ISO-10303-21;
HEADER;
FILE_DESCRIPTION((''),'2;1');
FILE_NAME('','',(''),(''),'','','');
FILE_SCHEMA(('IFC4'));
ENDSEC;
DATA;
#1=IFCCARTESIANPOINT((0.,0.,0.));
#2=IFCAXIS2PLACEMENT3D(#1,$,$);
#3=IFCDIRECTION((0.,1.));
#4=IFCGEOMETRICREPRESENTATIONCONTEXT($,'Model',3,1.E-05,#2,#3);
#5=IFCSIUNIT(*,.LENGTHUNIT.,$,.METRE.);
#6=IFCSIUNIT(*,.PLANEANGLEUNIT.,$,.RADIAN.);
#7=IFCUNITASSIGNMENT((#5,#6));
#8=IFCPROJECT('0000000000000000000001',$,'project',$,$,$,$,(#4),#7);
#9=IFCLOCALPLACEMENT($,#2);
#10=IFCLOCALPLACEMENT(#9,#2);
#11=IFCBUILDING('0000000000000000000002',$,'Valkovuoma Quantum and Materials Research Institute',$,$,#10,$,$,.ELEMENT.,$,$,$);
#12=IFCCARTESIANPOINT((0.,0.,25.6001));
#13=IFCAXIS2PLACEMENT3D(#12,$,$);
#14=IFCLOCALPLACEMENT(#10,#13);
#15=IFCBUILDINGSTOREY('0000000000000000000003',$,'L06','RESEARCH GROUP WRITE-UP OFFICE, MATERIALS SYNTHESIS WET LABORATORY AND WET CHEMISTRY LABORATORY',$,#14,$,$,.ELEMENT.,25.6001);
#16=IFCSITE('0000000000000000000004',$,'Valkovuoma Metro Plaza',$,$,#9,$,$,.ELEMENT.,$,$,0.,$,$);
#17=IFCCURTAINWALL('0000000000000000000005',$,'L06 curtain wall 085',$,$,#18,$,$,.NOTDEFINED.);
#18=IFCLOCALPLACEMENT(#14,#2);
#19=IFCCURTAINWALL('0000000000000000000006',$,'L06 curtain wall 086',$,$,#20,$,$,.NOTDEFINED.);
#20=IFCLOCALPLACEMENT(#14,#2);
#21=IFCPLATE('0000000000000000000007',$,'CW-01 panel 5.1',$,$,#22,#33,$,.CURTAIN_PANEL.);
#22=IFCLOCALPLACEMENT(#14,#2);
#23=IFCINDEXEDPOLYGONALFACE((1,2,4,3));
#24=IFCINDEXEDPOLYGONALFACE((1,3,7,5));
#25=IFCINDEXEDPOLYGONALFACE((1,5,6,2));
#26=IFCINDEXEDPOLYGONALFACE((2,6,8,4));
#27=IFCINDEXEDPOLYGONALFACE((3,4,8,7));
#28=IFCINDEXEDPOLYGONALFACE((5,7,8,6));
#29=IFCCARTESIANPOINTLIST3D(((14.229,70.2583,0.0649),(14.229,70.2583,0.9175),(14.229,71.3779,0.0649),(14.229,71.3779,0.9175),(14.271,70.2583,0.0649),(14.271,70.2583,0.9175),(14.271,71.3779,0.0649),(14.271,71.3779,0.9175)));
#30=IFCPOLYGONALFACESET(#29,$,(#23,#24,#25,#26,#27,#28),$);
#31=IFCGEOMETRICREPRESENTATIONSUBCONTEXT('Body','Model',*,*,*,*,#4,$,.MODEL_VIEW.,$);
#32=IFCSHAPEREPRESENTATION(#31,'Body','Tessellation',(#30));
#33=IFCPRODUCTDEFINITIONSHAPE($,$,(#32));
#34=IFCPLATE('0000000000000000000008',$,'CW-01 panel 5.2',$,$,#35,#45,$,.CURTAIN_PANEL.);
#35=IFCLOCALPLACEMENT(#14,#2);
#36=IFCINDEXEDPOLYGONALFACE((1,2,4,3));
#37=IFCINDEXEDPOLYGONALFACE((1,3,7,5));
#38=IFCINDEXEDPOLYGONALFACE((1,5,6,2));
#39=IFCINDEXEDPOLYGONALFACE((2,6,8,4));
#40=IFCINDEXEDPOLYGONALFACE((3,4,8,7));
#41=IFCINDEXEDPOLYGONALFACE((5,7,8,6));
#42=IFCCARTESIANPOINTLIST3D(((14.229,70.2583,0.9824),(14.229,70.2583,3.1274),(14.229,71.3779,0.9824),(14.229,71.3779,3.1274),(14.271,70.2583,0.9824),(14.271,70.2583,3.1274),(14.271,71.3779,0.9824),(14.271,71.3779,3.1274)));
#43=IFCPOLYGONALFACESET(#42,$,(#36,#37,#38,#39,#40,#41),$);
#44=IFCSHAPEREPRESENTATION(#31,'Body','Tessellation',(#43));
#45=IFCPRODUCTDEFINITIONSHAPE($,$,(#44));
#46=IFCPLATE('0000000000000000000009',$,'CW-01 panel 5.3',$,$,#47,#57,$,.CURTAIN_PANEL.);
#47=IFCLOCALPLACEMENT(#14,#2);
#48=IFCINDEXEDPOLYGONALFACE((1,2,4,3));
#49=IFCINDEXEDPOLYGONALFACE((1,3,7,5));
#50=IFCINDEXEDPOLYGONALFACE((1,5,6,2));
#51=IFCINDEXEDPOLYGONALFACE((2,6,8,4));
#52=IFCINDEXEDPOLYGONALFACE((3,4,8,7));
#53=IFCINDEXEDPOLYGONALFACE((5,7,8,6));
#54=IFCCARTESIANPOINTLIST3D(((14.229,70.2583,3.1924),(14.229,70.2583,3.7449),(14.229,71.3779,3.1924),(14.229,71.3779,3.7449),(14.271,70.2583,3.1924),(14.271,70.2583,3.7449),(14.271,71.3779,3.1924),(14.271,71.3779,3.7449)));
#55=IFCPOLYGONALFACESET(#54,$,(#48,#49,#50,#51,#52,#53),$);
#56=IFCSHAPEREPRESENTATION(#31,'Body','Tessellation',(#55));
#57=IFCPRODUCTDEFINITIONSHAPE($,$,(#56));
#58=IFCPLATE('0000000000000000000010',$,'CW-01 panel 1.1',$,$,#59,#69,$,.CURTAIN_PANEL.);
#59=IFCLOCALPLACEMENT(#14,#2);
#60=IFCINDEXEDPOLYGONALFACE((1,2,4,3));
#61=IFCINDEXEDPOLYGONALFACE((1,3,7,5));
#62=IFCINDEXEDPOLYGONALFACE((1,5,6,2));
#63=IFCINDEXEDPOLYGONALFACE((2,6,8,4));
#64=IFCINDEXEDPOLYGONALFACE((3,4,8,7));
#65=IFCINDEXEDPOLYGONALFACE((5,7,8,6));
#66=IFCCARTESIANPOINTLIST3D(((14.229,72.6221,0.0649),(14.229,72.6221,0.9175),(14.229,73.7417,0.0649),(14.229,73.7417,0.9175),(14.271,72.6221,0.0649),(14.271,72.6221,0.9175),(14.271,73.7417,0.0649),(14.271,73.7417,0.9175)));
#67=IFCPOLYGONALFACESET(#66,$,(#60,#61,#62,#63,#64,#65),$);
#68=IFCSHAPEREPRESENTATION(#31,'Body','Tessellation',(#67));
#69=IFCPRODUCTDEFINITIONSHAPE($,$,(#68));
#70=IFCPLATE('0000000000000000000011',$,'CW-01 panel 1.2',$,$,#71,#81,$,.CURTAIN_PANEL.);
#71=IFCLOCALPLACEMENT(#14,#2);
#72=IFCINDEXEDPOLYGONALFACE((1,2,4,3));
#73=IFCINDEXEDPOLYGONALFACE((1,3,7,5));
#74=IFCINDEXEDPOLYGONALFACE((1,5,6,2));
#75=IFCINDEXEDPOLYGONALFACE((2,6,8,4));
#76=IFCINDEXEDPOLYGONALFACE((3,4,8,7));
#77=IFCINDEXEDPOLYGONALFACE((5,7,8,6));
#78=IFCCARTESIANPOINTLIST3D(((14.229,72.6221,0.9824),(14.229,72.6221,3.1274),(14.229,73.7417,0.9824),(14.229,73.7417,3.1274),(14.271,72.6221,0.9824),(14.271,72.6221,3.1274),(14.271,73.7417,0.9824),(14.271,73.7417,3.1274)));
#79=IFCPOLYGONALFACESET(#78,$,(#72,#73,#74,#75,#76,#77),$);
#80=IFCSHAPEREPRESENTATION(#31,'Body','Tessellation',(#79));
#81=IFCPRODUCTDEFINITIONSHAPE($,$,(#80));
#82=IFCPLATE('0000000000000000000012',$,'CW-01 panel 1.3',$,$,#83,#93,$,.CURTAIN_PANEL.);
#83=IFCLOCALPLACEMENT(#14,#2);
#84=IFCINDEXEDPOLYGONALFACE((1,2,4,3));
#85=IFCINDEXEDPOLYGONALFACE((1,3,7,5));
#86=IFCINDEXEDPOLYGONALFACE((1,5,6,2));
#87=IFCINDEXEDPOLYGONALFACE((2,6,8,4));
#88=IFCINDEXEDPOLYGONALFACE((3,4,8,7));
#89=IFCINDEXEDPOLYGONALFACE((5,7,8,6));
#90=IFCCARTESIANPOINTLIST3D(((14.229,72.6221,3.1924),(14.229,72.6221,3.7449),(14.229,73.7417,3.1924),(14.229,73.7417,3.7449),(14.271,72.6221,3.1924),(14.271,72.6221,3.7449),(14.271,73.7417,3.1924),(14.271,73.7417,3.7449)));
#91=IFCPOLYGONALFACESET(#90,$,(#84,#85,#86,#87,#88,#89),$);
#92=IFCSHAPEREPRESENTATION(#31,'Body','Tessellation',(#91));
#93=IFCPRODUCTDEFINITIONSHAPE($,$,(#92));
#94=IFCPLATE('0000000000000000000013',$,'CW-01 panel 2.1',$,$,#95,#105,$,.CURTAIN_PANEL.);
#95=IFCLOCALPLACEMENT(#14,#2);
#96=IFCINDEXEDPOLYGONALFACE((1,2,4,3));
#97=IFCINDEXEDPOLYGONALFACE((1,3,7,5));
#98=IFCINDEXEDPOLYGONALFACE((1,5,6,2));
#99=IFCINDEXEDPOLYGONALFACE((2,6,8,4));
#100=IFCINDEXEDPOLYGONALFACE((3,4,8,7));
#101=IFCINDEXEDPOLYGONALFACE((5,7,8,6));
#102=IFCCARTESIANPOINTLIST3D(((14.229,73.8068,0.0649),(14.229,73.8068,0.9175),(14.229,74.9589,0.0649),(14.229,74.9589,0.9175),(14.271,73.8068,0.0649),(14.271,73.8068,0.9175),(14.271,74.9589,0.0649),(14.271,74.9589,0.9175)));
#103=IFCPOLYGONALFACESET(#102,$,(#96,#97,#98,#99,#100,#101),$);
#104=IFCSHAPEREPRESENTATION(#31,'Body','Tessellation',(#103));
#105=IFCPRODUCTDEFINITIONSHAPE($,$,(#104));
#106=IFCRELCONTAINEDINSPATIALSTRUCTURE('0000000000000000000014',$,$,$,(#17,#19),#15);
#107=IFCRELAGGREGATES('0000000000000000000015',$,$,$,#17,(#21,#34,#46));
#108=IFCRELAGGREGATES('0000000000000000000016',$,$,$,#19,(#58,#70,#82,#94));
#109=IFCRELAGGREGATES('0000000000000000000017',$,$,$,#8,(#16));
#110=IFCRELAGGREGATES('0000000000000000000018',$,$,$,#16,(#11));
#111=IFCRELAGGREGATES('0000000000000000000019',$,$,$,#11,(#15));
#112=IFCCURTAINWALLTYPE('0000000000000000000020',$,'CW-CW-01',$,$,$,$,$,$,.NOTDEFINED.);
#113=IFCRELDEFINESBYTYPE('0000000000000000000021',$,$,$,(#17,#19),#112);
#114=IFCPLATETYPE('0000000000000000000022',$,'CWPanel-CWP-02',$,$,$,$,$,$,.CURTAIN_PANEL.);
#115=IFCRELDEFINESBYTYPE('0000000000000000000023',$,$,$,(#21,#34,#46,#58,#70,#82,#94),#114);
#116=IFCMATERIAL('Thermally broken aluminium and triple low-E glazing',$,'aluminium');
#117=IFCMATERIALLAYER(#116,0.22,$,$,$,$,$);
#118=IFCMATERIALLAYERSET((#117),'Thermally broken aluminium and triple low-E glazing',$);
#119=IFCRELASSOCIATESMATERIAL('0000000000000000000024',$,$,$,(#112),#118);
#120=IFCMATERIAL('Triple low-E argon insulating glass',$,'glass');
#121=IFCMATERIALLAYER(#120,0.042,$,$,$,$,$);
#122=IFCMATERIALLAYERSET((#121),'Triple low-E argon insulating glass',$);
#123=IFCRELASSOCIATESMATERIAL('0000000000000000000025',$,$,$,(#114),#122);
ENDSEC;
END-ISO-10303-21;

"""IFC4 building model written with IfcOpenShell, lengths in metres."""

from ifc_helpers import new_model, si_unit, direction, frame, origin, origin_2d, place, context, subcontext, project, spatial, rectangle, extrude, material, layer, layer_set, type_object, element, aggregate, save


model = new_model("IFC4")

# Units and contexts
model_context = context("Model", 3, precision=1e-05, world=origin(), true_north=direction((0.0, 1.0)))
body_context = subcontext(model_context, "Body", "Model", "MODEL_VIEW")
ifc_project = project(units=[si_unit("LENGTHUNIT", "METRE"), si_unit("PLANEANGLEUNIT", "RADIAN")], contexts=[model_context])

# Site, building, storey
site_placement = place(None, origin())
site = spatial("IfcSite", under=ifc_project, at=site_placement, Name="Valkovuoma Metro Plaza", CompositionType="ELEMENT", RefElevation=0.0)
building_placement = place(site_placement, origin())
building = spatial("IfcBuilding", under=site, at=building_placement, Name="Valkovuoma Quantum and Materials Research Institute", CompositionType="ELEMENT")
storey_placement = place(building_placement, frame((0.0, 0.0, 25.6001)))
storey = spatial("IfcBuildingStorey", under=building, at=storey_placement, Name="L06", Description="RESEARCH GROUP WRITE-UP OFFICE, MATERIALS SYNTHESIS WET LABORATORY AND WET CHEMISTRY LABORATORY", CompositionType="ELEMENT", Elevation=25.6001)

# Curtain wall
ifc_material_1 = material(Name="Thermally broken aluminium and triple low-E glazing", Category="aluminium")
ifc_layer_1 = layer(ifc_material_1, 0.22)
ifc_layer_set_1 = layer_set([ifc_layer_1], Name="Thermally broken aluminium and triple low-E glazing")
curtain_wall_type = type_object("IfcCurtainWallType", Name="CW-CW-01", PredefinedType="NOTDEFINED", material=ifc_layer_set_1)
curtain_wall_1_placement = place(storey_placement, origin())
curtain_wall_1 = element("IfcCurtainWall", 1, at=curtain_wall_1_placement, inside=storey, type_object=curtain_wall_type, Name="L06 curtain wall 085", PredefinedType="NOTDEFINED")

# Curtain wall
curtain_wall_2_placement = place(storey_placement, origin())
curtain_wall_2 = element("IfcCurtainWall", 2, at=curtain_wall_2_placement, inside=storey, type_object=curtain_wall_type, Name="L06 curtain wall 086", PredefinedType="NOTDEFINED")

# Plates
ifc_material_2 = material(Name="Triple low-E argon insulating glass", Category="glass")
ifc_layer_2 = layer(ifc_material_2, 0.042)
ifc_layer_set_2 = layer_set([ifc_layer_2], Name="Triple low-E argon insulating glass")
plate_type = type_object("IfcPlateType", Name="CWPanel-CWP-02", PredefinedType="CURTAIN_PANEL", material=ifc_layer_set_2)
plate_1_placement = place(storey_placement, frame((14.25, 70.8181, 0.0649), z_axis=(0.0, 0.0, 1.0), x_axis=(0.0, 1.0, 0.0)))
plate_1 = element("IfcPlate", 3, at=plate_1_placement, type_object=plate_type, Name="CW-01 panel 5.1", PredefinedType="CURTAIN_PANEL", context=body_context, shape_type="SweptSolid", body=[
    extrude(rectangle(XDim=1.1196, YDim=0.042, at=origin_2d()), origin(), (0.0, 0.0, 1.0), 0.8525),
])
plate_2_placement = place(storey_placement, frame((14.25, 70.8181, 0.9824), z_axis=(0.0, 0.0, 1.0), x_axis=(0.0, 1.0, 0.0)))
plate_2 = element("IfcPlate", 4, at=plate_2_placement, type_object=plate_type, Name="CW-01 panel 5.2", PredefinedType="CURTAIN_PANEL", context=body_context, shape_type="SweptSolid", body=[
    extrude(rectangle(XDim=1.1196, YDim=0.042, at=origin_2d()), origin(), (0.0, 0.0, 1.0), 2.145),
])
plate_3_placement = place(storey_placement, frame((14.25, 70.8181, 3.1924), z_axis=(0.0, 0.0, 1.0), x_axis=(0.0, 1.0, 0.0)))
plate_3 = element("IfcPlate", 5, at=plate_3_placement, type_object=plate_type, Name="CW-01 panel 5.3", PredefinedType="CURTAIN_PANEL", context=body_context, shape_type="SweptSolid", body=[
    extrude(rectangle(XDim=1.1196, YDim=0.042, at=origin_2d()), origin(), (0.0, 0.0, 1.0), 0.5525),
])
aggregate(curtain_wall_1, [plate_1, plate_2, plate_3])
plate_4_placement = place(storey_placement, frame((14.25, 73.1819, 0.0649), z_axis=(0.0, 0.0, 1.0), x_axis=(0.0, 1.0, 0.0)))
plate_4 = element("IfcPlate", 6, at=plate_4_placement, type_object=plate_type, Name="CW-01 panel 1.1", PredefinedType="CURTAIN_PANEL", context=body_context, shape_type="SweptSolid", body=[
    extrude(rectangle(XDim=1.1196, YDim=0.042, at=origin_2d()), origin(), (0.0, 0.0, 1.0), 0.8525),
])
plate_5_placement = place(storey_placement, frame((14.25, 73.1819, 0.9824), z_axis=(0.0, 0.0, 1.0), x_axis=(0.0, 1.0, 0.0)))
plate_5 = element("IfcPlate", 7, at=plate_5_placement, type_object=plate_type, Name="CW-01 panel 1.2", PredefinedType="CURTAIN_PANEL", context=body_context, shape_type="SweptSolid", body=[
    extrude(rectangle(XDim=1.1196, YDim=0.042, at=origin_2d()), origin(), (0.0, 0.0, 1.0), 2.145),
])
plate_6_placement = place(storey_placement, frame((14.25, 73.1819, 3.1924), z_axis=(0.0, 0.0, 1.0), x_axis=(0.0, 1.0, 0.0)))
plate_6 = element("IfcPlate", 8, at=plate_6_placement, type_object=plate_type, Name="CW-01 panel 1.3", PredefinedType="CURTAIN_PANEL", context=body_context, shape_type="SweptSolid", body=[
    extrude(rectangle(XDim=1.1196, YDim=0.042, at=origin_2d()), origin(), (0.0, 0.0, 1.0), 0.5525),
])
plate_7_placement = place(storey_placement, frame((14.25, 74.3828, 0.0649), z_axis=(0.0, 0.0, 1.0), x_axis=(0.0, 1.0, 0.0)))
plate_7 = element("IfcPlate", 9, at=plate_7_placement, type_object=plate_type, Name="CW-01 panel 2.1", PredefinedType="CURTAIN_PANEL", context=body_context, shape_type="SweptSolid", body=[
    extrude(rectangle(XDim=1.1521, YDim=0.042, at=origin_2d()), origin(), (0.0, 0.0, 1.0), 0.8525),
])
aggregate(curtain_wall_2, [plate_4, plate_5, plate_6, plate_7])

save(model, "model.ifc")
